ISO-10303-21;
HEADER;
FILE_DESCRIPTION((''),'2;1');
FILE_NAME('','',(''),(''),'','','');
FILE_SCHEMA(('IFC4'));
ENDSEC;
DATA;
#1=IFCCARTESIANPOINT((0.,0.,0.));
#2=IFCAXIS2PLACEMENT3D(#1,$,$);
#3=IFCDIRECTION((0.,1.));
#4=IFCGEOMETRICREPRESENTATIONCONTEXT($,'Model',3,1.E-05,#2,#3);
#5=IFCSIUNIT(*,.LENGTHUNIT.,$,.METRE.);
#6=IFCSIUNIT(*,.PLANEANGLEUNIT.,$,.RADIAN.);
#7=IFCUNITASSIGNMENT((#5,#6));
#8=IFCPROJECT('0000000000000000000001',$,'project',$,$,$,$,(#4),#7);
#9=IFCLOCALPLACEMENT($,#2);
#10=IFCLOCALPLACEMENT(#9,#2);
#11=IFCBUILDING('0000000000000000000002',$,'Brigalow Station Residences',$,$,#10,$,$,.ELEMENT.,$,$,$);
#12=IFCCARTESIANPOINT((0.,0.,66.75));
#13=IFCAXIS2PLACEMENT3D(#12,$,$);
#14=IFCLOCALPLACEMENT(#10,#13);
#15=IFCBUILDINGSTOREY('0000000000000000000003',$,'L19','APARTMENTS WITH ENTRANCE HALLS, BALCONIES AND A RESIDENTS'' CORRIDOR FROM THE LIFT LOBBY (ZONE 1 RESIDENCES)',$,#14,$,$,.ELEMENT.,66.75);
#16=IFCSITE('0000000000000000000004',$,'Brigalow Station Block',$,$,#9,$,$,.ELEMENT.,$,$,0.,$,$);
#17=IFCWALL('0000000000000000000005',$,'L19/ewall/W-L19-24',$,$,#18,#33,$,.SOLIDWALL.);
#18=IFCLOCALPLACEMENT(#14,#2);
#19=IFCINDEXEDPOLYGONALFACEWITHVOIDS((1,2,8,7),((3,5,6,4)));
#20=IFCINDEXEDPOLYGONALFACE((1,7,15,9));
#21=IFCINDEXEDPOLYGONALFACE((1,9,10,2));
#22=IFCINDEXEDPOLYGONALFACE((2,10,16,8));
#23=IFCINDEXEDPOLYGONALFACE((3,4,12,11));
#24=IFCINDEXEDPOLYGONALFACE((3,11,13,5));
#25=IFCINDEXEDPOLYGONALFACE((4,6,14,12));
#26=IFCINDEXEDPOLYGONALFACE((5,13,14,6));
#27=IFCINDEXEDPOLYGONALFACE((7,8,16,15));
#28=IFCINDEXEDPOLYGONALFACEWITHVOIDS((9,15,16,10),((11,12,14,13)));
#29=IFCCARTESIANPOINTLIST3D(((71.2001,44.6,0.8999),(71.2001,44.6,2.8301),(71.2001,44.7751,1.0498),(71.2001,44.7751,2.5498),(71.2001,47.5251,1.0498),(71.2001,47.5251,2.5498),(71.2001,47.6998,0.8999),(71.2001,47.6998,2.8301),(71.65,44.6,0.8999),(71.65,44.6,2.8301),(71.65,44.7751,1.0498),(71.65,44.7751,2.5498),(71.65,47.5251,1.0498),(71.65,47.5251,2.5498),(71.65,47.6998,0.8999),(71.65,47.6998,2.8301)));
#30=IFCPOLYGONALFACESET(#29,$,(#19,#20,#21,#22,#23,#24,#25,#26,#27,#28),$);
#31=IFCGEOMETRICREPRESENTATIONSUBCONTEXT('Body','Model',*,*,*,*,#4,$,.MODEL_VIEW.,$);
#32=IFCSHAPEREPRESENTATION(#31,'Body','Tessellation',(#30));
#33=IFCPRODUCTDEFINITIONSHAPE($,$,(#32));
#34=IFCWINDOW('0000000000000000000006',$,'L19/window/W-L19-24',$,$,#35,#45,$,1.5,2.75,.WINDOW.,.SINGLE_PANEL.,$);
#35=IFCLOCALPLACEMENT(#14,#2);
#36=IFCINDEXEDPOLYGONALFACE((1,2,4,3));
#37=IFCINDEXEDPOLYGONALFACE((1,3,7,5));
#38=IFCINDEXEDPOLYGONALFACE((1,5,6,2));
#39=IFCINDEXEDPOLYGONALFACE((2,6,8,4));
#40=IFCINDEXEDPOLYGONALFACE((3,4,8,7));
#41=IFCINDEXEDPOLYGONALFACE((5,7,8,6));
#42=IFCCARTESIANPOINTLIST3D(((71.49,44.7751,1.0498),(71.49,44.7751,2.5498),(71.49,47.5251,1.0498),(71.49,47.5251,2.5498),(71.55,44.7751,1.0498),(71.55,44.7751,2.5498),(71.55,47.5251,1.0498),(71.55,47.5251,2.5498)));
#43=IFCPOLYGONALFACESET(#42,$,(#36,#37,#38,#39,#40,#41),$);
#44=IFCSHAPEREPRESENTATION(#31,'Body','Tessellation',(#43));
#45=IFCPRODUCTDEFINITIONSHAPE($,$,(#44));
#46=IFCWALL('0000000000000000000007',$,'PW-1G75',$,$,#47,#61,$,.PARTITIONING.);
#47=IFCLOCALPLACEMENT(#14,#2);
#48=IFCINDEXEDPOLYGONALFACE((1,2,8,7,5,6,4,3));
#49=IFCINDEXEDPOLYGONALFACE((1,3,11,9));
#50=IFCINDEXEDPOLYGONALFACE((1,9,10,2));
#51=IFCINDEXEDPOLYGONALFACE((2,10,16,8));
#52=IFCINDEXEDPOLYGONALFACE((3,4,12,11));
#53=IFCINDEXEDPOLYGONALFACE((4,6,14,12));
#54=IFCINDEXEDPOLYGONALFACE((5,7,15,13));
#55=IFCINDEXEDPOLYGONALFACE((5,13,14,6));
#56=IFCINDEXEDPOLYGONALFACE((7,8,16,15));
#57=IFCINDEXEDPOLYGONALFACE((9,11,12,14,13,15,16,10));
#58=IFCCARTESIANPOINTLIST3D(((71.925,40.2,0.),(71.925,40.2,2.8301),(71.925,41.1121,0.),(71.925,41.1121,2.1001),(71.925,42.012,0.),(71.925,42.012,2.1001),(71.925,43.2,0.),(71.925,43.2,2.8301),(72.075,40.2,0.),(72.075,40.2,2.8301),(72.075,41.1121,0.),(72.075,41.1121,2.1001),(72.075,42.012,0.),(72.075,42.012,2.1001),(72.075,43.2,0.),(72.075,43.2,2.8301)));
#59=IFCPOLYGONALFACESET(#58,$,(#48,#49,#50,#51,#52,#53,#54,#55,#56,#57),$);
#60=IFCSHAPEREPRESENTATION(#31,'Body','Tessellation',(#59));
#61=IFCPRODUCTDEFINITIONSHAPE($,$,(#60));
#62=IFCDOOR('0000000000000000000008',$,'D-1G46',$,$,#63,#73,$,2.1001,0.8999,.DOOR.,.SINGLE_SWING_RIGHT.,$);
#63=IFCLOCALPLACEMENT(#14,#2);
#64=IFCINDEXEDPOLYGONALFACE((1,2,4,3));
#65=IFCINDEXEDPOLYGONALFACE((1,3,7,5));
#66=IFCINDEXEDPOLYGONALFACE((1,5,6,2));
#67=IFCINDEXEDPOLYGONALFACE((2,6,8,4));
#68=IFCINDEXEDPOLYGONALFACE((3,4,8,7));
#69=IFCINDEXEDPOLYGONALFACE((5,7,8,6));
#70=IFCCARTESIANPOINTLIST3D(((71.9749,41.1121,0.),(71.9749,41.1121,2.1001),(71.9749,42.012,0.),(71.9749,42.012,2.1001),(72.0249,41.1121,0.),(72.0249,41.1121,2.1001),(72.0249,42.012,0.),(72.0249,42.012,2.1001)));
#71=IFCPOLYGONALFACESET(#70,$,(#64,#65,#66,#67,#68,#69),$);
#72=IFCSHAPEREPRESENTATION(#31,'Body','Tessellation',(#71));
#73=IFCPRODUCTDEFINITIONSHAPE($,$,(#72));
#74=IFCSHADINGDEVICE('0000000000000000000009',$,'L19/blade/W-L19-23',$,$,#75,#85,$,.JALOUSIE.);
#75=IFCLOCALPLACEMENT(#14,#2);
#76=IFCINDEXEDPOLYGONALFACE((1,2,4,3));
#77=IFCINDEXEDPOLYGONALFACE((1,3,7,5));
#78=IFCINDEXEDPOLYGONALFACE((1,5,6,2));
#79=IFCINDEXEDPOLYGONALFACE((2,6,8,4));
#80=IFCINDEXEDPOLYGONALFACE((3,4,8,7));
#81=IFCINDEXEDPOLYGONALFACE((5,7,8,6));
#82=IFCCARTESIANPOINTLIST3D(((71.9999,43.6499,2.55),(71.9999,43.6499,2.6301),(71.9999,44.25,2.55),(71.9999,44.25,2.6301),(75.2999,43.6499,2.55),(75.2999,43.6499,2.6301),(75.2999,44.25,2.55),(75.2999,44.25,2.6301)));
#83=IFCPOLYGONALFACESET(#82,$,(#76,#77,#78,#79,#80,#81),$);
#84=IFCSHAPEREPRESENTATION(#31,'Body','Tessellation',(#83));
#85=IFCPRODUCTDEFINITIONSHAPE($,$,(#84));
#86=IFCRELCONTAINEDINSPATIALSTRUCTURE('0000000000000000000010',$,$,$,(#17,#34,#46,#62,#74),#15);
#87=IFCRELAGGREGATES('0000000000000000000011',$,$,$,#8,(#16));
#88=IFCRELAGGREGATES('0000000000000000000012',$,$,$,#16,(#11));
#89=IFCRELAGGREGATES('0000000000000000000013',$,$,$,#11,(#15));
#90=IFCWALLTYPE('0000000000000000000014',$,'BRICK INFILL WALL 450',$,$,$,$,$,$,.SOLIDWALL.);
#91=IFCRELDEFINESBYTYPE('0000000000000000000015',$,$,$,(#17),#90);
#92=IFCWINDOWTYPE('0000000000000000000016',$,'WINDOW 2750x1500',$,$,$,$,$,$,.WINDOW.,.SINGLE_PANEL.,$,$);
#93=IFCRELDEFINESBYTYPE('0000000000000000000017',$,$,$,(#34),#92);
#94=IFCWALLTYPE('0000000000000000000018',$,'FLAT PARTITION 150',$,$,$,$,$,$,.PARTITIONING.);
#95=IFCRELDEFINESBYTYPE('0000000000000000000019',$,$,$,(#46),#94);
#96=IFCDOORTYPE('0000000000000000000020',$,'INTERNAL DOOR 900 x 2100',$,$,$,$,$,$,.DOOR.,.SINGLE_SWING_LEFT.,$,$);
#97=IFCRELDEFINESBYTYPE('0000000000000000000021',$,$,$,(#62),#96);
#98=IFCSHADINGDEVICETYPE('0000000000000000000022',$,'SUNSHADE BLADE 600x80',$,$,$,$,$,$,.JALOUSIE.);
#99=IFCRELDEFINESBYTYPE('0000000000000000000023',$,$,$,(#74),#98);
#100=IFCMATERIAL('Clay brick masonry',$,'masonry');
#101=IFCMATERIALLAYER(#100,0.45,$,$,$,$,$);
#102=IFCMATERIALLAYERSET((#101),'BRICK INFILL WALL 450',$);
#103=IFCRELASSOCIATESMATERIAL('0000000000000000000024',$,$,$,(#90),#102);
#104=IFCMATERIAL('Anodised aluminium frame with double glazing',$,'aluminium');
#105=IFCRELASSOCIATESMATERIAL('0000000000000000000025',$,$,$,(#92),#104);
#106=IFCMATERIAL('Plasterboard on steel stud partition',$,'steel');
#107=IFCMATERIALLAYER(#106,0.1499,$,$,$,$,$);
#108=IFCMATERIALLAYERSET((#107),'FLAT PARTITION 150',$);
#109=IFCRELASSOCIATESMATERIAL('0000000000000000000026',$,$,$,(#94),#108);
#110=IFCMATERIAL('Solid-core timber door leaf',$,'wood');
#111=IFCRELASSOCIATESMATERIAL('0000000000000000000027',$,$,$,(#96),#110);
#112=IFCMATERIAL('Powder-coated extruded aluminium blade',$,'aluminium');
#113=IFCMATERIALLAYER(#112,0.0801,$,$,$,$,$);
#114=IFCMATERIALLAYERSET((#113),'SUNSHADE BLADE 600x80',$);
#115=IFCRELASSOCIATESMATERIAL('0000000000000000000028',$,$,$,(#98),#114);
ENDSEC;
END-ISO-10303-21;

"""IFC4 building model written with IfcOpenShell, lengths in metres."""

from ifc_helpers import new_model, si_unit, direction, frame, frame_2d, origin, origin_2d, place, context, subcontext, project, spatial, rectangle, extrude, material, layer, layer_set, type_object, element, fill, save


model = new_model("IFC4")

# Units and contexts
model_context = context("Model", 3, precision=1e-05, world=origin(), true_north=direction((0.0, 1.0)))
body_context = subcontext(model_context, "Body", "Model", "MODEL_VIEW")
ifc_project = project(units=[si_unit("LENGTHUNIT", "METRE"), si_unit("PLANEANGLEUNIT", "RADIAN")], contexts=[model_context])

# Site, building, storey
site_placement = place(None, origin())
site = spatial("IfcSite", under=ifc_project, at=site_placement, Name="Brigalow Station Block", CompositionType="ELEMENT", RefElevation=0.0)
building_placement = place(site_placement, origin())
building = spatial("IfcBuilding", under=site, at=building_placement, Name="Brigalow Station Residences", CompositionType="ELEMENT")
storey_placement = place(building_placement, frame((0.0, 0.0, 66.75)))
storey = spatial("IfcBuildingStorey", under=building, at=storey_placement, Name="L19", Description="APARTMENTS WITH ENTRANCE HALLS, BALCONIES AND A RESIDENTS' CORRIDOR FROM THE LIFT LOBBY (ZONE 1 RESIDENCES)", CompositionType="ELEMENT", Elevation=66.75)

# Wall, opening, window
ifc_material_1 = material(Name="Clay brick masonry", Category="masonry")
ifc_layer_1 = layer(ifc_material_1, 0.45)
ifc_layer_set_1 = layer_set([ifc_layer_1], Name="BRICK INFILL WALL 450")
wall_type_1 = type_object("IfcWallType", Name="BRICK INFILL WALL 450", PredefinedType="SOLIDWALL", material=ifc_layer_set_1)
wall_1_placement = place(storey_placement, frame((71.425, 44.6001, 0.8999), z_axis=(0.0, 0.0, 1.0), x_axis=(0.0, 1.0, 0.0)))
wall_1 = element("IfcWall", 1, at=wall_1_placement, inside=storey, type_object=wall_type_1, Name="L19/ewall/W-L19-24", PredefinedType="SOLIDWALL", context=body_context, shape_type="SweptSolid", body=[
    extrude(rectangle(XDim=3.0999, YDim=0.45, at=frame_2d((1.5498, 0.0))), origin(), (0.0, 0.0, 1.0), 1.9302),
])
opening_1_placement = place(wall_1_placement, frame((0.175, 0.0, 0.1499)))
opening_1 = element("IfcOpeningElement", 2, at=opening_1_placement, cuts=wall_1, PredefinedType="OPENING", context=body_context, shape_type="SweptSolid", body=[
    extrude(rectangle(XDim=2.75, YDim=1.5, at=frame_2d((1.375, 0.75))), frame((0.0, 0.2349, 0.0), z_axis=(0.0, -1.0, 0.0), x_axis=(1.0, 0.0, 0.0)), (0.0, 0.0, 1.0), 0.47),
])
ifc_material_2 = material(Name="Anodised aluminium frame with double glazing", Category="aluminium")
window_type_1 = type_object("IfcWindowType", Name="WINDOW 2750x1500", PartitioningType="SINGLE_PANEL", PredefinedType="WINDOW", material=ifc_material_2)
window_1_placement = place(opening_1_placement, origin())
window_1 = element("IfcWindow", 3, at=window_1_placement, inside=storey, type_object=window_type_1, Name="L19/window/W-L19-24", OverallHeight=1.5, OverallWidth=2.75, PartitioningType="SINGLE_PANEL", PredefinedType="WINDOW", context=body_context, shape_type="SweptSolid", body=[
    extrude(rectangle(XDim=2.75, YDim=1.5, at=frame_2d((1.375, 0.75))), frame((0.0, -0.0649, 0.0), z_axis=(0.0, -1.0, 0.0), x_axis=(1.0, 0.0, 0.0)), (0.0, 0.0, 1.0), 0.0601),
])
fill(opening_1, window_1)

# Wall, opening, door
ifc_material_3 = material(Name="Plasterboard on steel stud partition", Category="steel")
ifc_layer_2 = layer(ifc_material_3, 0.1499)
ifc_layer_set_2 = layer_set([ifc_layer_2], Name="FLAT PARTITION 150")
wall_type_2 = type_object("IfcWallType", Name="FLAT PARTITION 150", PredefinedType="PARTITIONING", material=ifc_layer_set_2)
wall_2_placement = place(storey_placement, frame((72.0, 40.2, 0.0), z_axis=(0.0, 0.0, 1.0), x_axis=(0.0, 1.0, 0.0)))
wall_2 = element("IfcWall", 4, at=wall_2_placement, inside=storey, type_object=wall_type_2, Name="PW-1G75", PredefinedType="PARTITIONING", context=body_context, shape_type="SweptSolid", body=[
    extrude(rectangle(XDim=3.0, YDim=0.1499, at=frame_2d((1.5, 0.0))), origin(), (0.0, 0.0, 1.0), 2.8301),
])
opening_2_placement = place(wall_2_placement, frame((0.9121, 0.0, 0.0)))
opening_2 = element("IfcOpeningElement", 5, at=opening_2_placement, cuts=wall_2, PredefinedType="OPENING", context=body_context, shape_type="SweptSolid", body=[
    extrude(rectangle(XDim=0.8999, YDim=2.1001, at=frame_2d((0.45, 1.05))), frame((0.0, 0.085, 0.0), z_axis=(0.0, -1.0, 0.0), x_axis=(1.0, 0.0, 0.0)), (0.0, 0.0, 1.0), 0.1699),
])
ifc_material_4 = material(Name="Solid-core timber door leaf", Category="wood")
door_type = type_object("IfcDoorType", Name="INTERNAL DOOR 900 x 2100", OperationType="SINGLE_SWING_LEFT", PredefinedType="DOOR", material=ifc_material_4)
door_placement = place(opening_2_placement, frame((0.8999, 0.0, 0.0), z_axis=(0.0, 0.0, 1.0), x_axis=(-1.0, 0.0, 0.0)))
door = element("IfcDoor", 6, at=door_placement, inside=storey, type_object=door_type, Name="D-1G46", OperationType="SINGLE_SWING_RIGHT", OverallHeight=2.1001, OverallWidth=0.8999, PredefinedType="DOOR", context=body_context, shape_type="SweptSolid", body=[
    extrude(rectangle(XDim=0.8999, YDim=2.1001, at=frame_2d((0.45, 1.05))), frame((0.0, 0.0249, 0.0), z_axis=(0.0, -1.0, 0.0), x_axis=(1.0, 0.0, 0.0)), (0.0, 0.0, 1.0), 0.05),
])
fill(opening_2, door)

# Shading device
ifc_material_5 = material(Name="Powder-coated extruded aluminium blade", Category="aluminium")
ifc_layer_3 = layer(ifc_material_5, 0.0801)
ifc_layer_set_3 = layer_set([ifc_layer_3], Name="SUNSHADE BLADE 600x80")
shading_device_type = type_object("IfcShadingDeviceType", Name="SUNSHADE BLADE 600x80", PredefinedType="JALOUSIE", material=ifc_layer_set_3)
shading_device_placement = place(storey_placement, frame((73.6499, 43.95, 2.55), z_axis=(0.0, 0.0, 1.0), x_axis=(-1.0, 0.0, 0.0)))
element("IfcShadingDevice", 7, at=shading_device_placement, inside=storey, type_object=shading_device_type, Name="L19/blade/W-L19-23", PredefinedType="JALOUSIE", context=body_context, shape_type="SweptSolid", body=[
    extrude(rectangle(XDim=3.3, YDim=0.6001, at=origin_2d()), origin(), (0.0, 0.0, 1.0), 0.0801),
])

save(model, "model.ifc")
